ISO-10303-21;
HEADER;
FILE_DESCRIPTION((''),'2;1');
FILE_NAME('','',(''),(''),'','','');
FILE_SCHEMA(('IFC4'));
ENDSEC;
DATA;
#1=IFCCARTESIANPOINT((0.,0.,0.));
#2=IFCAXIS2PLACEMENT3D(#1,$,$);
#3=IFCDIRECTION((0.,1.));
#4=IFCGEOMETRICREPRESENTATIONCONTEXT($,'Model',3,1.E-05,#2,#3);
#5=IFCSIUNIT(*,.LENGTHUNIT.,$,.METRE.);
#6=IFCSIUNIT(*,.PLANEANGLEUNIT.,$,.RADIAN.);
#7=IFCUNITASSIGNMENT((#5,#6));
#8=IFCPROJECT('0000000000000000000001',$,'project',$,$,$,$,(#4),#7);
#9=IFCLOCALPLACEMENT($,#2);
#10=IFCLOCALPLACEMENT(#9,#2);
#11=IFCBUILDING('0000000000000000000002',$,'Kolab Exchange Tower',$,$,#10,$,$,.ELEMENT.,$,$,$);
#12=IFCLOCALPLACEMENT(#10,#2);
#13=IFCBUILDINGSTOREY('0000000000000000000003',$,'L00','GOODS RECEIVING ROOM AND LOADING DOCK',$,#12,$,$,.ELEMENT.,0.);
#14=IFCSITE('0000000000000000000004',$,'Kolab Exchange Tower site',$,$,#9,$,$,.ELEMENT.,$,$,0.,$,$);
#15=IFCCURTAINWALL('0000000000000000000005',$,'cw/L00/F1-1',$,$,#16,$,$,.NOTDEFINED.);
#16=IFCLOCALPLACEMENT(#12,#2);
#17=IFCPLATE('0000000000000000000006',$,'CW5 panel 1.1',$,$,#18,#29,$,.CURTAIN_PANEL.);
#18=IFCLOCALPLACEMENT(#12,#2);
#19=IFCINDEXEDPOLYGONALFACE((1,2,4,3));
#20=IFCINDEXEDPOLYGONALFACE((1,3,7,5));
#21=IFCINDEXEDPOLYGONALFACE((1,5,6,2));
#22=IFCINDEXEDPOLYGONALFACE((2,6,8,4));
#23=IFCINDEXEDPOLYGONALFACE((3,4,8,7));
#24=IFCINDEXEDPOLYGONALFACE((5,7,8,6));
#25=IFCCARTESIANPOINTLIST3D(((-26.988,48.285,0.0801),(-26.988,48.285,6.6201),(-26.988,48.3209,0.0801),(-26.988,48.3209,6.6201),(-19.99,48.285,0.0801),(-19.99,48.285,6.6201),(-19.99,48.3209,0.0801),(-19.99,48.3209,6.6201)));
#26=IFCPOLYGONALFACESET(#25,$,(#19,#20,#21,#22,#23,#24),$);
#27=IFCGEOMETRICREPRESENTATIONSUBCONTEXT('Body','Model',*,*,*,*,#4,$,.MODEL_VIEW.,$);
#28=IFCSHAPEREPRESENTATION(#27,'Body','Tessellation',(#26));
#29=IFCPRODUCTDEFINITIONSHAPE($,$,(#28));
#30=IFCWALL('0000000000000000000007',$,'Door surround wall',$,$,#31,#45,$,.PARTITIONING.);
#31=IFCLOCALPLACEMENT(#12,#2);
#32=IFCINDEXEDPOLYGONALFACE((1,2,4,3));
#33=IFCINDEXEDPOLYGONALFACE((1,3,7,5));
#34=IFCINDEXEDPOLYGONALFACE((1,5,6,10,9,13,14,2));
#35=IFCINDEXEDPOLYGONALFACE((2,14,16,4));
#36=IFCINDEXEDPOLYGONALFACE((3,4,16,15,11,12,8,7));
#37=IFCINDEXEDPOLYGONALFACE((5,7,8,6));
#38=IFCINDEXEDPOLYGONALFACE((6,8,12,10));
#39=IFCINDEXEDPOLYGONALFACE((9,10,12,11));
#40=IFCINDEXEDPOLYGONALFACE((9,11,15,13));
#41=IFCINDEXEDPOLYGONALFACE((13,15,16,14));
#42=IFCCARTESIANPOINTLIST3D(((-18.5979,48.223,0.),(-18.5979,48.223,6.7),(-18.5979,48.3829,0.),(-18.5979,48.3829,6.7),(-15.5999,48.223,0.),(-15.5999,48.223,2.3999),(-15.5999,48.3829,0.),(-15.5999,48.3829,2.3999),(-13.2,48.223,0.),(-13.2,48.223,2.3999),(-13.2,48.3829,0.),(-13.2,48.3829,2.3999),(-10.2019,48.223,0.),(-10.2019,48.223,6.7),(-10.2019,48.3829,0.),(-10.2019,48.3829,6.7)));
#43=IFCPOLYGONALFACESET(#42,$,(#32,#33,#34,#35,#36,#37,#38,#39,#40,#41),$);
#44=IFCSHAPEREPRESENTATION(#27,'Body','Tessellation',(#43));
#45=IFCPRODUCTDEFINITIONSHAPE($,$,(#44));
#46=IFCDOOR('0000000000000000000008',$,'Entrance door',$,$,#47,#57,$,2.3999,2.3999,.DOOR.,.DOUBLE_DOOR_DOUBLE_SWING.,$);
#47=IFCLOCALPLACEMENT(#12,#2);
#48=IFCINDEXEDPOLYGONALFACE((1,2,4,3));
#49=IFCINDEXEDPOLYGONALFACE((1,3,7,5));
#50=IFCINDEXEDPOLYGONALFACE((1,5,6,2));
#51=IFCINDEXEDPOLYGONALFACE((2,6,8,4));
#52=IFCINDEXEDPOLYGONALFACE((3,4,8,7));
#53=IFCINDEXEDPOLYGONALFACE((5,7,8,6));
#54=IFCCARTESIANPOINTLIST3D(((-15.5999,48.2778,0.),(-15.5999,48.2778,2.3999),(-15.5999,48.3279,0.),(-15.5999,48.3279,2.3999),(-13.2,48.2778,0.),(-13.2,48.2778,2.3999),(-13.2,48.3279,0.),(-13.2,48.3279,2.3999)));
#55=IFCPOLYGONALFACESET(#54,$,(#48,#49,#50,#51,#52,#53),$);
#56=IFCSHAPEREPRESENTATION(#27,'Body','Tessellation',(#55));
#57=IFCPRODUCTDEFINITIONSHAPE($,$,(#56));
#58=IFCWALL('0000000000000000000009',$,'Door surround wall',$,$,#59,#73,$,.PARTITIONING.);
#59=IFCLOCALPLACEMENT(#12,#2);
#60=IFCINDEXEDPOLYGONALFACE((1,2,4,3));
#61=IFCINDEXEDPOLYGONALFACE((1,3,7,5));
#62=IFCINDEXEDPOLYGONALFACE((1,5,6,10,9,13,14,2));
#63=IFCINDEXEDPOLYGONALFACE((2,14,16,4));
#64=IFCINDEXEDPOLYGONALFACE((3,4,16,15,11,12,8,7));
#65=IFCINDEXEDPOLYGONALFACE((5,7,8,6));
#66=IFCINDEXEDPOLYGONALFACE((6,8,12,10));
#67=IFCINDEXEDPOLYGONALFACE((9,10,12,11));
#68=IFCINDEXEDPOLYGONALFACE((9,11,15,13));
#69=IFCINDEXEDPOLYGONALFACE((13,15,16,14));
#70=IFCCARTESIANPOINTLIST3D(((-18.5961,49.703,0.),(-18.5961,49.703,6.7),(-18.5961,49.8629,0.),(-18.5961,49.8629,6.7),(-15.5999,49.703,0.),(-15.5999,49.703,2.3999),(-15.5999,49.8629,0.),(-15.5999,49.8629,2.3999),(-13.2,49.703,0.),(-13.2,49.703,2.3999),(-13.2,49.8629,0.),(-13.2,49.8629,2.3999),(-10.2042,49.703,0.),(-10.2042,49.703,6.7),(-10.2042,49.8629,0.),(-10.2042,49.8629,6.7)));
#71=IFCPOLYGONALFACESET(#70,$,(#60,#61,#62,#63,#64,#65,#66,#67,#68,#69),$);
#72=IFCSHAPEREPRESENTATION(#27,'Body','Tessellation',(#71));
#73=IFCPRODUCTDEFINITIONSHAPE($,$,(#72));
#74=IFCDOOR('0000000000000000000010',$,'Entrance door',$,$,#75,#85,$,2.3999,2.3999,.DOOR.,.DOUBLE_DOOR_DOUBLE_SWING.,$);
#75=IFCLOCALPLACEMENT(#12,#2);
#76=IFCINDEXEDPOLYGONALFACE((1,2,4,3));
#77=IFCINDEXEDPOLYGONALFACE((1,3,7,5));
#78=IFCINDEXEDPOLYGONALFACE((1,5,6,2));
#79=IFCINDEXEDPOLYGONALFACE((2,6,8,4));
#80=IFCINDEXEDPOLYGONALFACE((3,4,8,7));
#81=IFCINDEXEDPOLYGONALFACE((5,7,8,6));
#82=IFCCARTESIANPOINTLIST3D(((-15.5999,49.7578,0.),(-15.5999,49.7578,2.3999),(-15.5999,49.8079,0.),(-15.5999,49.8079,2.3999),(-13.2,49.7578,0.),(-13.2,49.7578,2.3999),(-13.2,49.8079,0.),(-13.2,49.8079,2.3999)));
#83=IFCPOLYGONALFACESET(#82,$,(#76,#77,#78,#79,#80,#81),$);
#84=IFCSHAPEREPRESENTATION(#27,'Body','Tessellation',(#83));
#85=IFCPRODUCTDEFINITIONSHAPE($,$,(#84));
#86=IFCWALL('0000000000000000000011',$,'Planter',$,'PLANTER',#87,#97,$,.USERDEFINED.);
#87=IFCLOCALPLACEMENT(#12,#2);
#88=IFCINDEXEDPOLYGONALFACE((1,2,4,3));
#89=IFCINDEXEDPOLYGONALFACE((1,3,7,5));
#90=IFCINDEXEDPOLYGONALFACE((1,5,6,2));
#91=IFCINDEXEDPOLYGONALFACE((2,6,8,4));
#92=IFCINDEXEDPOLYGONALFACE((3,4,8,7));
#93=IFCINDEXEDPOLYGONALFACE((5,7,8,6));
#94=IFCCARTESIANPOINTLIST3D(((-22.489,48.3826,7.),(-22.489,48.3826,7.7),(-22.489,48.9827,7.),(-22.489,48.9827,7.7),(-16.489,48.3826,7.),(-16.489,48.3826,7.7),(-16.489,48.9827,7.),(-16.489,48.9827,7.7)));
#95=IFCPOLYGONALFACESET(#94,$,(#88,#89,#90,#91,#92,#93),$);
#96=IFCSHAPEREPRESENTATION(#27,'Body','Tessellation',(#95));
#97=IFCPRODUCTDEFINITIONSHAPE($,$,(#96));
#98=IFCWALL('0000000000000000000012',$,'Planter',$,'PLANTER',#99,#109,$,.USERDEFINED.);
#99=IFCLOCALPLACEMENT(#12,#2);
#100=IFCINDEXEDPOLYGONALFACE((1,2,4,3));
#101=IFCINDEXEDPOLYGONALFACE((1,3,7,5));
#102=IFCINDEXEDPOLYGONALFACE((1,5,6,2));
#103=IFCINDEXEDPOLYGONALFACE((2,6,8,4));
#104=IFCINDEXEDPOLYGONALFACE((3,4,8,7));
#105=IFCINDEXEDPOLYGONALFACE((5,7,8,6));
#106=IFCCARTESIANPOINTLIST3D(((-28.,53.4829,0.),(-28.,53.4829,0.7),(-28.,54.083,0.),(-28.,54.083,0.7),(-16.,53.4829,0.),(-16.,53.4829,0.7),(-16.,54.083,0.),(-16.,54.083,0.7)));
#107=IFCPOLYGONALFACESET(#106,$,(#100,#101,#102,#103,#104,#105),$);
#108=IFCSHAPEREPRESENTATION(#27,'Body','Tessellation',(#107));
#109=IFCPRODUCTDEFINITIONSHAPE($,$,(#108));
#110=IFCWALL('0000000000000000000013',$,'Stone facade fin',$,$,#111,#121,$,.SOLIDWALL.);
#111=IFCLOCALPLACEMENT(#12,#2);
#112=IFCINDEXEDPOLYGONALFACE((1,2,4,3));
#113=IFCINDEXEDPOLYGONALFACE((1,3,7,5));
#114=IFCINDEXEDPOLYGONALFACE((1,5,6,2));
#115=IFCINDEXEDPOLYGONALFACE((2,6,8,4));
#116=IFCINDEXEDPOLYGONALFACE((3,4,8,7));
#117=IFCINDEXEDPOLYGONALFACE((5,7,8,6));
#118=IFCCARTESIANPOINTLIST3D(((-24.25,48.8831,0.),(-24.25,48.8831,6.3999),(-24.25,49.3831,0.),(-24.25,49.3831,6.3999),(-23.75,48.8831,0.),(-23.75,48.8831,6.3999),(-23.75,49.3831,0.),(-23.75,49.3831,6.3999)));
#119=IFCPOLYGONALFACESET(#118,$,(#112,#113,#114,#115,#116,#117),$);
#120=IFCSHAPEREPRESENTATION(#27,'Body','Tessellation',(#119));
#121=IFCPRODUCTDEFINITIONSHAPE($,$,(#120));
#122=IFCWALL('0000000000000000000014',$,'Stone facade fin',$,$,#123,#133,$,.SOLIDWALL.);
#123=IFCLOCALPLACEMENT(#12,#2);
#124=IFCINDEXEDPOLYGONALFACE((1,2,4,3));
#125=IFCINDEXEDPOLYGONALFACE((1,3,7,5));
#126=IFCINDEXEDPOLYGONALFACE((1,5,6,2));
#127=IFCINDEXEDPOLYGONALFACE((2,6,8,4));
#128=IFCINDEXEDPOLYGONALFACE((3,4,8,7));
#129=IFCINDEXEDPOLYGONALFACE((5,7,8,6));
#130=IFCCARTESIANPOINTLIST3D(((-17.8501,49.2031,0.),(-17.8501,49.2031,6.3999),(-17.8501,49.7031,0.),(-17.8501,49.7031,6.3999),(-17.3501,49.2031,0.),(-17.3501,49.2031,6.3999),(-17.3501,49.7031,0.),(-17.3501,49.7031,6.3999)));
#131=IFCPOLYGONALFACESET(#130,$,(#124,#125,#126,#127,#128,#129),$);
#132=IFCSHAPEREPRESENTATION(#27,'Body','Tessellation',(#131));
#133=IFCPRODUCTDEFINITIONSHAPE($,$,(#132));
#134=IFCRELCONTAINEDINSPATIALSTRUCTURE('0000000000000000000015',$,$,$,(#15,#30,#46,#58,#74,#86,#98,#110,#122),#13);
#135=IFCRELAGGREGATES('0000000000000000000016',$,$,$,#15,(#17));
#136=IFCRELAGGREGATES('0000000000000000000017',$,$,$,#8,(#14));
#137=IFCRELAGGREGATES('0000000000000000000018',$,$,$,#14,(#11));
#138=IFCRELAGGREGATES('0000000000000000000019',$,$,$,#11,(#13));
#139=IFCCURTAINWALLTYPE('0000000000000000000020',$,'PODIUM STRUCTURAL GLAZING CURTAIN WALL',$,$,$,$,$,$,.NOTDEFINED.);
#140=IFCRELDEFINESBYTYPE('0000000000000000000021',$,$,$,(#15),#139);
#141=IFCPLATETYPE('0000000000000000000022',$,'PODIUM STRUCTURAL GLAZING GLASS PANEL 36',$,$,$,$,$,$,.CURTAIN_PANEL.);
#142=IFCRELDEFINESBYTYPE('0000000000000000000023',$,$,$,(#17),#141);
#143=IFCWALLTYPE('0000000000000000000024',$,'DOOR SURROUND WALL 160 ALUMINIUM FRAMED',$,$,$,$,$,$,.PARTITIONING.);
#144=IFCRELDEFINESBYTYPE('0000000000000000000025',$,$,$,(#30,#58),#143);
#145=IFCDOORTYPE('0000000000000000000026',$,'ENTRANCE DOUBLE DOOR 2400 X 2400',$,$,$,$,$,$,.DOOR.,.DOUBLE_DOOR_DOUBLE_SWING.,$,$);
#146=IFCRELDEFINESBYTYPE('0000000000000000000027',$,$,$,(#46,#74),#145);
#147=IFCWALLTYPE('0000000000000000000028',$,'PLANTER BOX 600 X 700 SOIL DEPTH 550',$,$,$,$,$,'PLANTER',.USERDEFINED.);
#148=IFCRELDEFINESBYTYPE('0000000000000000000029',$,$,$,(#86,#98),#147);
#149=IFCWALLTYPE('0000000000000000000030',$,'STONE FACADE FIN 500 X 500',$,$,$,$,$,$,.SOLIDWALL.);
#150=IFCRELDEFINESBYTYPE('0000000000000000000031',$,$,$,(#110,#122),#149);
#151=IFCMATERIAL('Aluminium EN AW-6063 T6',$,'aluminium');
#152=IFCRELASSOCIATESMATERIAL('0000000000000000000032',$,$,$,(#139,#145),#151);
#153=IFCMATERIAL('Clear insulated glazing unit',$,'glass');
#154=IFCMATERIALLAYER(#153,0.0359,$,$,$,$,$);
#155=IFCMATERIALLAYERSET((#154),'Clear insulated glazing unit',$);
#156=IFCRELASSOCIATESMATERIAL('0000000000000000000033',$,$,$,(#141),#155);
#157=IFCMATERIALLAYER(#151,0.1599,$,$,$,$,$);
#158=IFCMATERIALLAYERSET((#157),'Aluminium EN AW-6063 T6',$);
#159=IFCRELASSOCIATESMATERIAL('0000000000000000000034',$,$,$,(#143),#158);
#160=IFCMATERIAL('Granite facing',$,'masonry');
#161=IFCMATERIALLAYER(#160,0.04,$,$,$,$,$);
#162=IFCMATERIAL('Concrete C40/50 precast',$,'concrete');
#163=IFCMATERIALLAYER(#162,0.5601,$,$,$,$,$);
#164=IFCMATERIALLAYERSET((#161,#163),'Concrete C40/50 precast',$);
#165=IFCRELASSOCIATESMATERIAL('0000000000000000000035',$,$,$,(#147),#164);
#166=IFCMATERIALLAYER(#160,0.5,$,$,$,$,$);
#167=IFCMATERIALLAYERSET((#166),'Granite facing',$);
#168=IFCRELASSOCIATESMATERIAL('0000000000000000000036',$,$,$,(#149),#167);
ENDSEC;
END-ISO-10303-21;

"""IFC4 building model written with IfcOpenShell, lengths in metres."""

from ifc_helpers import new_model, si_unit, direction, frame, frame_2d, origin, origin_2d, place, context, subcontext, project, spatial, rectangle, extrude, material, layer, layer_set, type_object, element, fill, aggregate, save


model = new_model("IFC4")

# Units and contexts
model_context = context("Model", 3, precision=1e-05, world=origin(), true_north=direction((0.0, 1.0)))
body_context = subcontext(model_context, "Body", "Model", "MODEL_VIEW")
ifc_project = project(units=[si_unit("LENGTHUNIT", "METRE"), si_unit("PLANEANGLEUNIT", "RADIAN")], contexts=[model_context])

# Site, building, storey
site_placement = place(None, origin())
site = spatial("IfcSite", under=ifc_project, at=site_placement, Name="Kolab Exchange Tower site", CompositionType="ELEMENT", RefElevation=0.0)
building_placement = place(site_placement, origin())
building = spatial("IfcBuilding", under=site, at=building_placement, Name="Kolab Exchange Tower", CompositionType="ELEMENT")
storey_placement = place(building_placement, origin())
storey = spatial("IfcBuildingStorey", under=building, at=storey_placement, Name="L00", Description="GOODS RECEIVING ROOM AND LOADING DOCK", CompositionType="ELEMENT", Elevation=0.0)

# Curtain wall
ifc_material_1 = material(Name="Aluminium EN AW-6063 T6", Category="aluminium")
curtain_wall_type = type_object("IfcCurtainWallType", Name="PODIUM STRUCTURAL GLAZING CURTAIN WALL", PredefinedType="NOTDEFINED", material=ifc_material_1)
curtain_wall_1_placement = place(storey_placement, origin())
curtain_wall_1 = element("IfcCurtainWall", 1, at=curtain_wall_1_placement, inside=storey, type_object=curtain_wall_type, Name="cw/L00/F1-1", PredefinedType="NOTDEFINED")

# Plate
ifc_material_2 = material(Name="Clear insulated glazing unit", Category="glass")
ifc_layer_1 = layer(ifc_material_2, 0.0359)
ifc_layer_set_1 = layer_set([ifc_layer_1], Name="Clear insulated glazing unit")
plate_type = type_object("IfcPlateType", Name="PODIUM STRUCTURAL GLAZING GLASS PANEL 36", PredefinedType="CURTAIN_PANEL", material=ifc_layer_set_1)
plate_placement = place(storey_placement, frame((-23.489, 48.303, 0.0801), z_axis=(0.0, 0.0, 1.0), x_axis=(1.0, 0.0, 0.0)))
plate = element("IfcPlate", 2, at=plate_placement, type_object=plate_type, Name="CW5 panel 1.1", PredefinedType="CURTAIN_PANEL", context=body_context, shape_type="SweptSolid", body=[
    extrude(rectangle(XDim=6.998, YDim=0.0359, at=origin_2d()), origin(), (0.0, 0.0, 1.0), 6.54),
])
aggregate(curtain_wall_1, [plate])

# Walls, openings, doors
ifc_layer_2 = layer(ifc_material_1, 0.1599)
ifc_layer_set_2 = layer_set([ifc_layer_2], Name="Aluminium EN AW-6063 T6")
wall_type_1 = type_object("IfcWallType", Name="DOOR SURROUND WALL 160 ALUMINIUM FRAMED", PredefinedType="PARTITIONING", material=ifc_layer_set_2)
wall_1_placement = place(storey_placement, frame((-18.5979, 48.303, 0.0), z_axis=(0.0, 0.0, 1.0), x_axis=(1.0, 0.0, 0.0)))
wall_1 = element("IfcWall", 3, at=wall_1_placement, inside=storey, type_object=wall_type_1, Name="Door surround wall", PredefinedType="PARTITIONING", context=body_context, shape_type="SweptSolid", body=[
    extrude(rectangle(XDim=8.396, YDim=0.1599, at=frame_2d((4.198, 0.0))), origin(), (0.0, 0.0, 1.0), 6.7),
])
opening_1_placement = place(wall_1_placement, frame((2.998, 0.0, 0.0)))
opening_1 = element("IfcOpeningElement", 4, at=opening_1_placement, cuts=wall_1, PredefinedType="OPENING", context=body_context, shape_type="SweptSolid", body=[
    extrude(rectangle(XDim=2.3999, YDim=2.3999, at=frame_2d((1.2, 1.2))), frame((0.0, 0.0898, 0.0), z_axis=(0.0, -1.0, 0.0), x_axis=(1.0, 0.0, 0.0)), (0.0, 0.0, 1.0), 0.1799),
])
door_type = type_object("IfcDoorType", Name="ENTRANCE DOUBLE DOOR 2400 X 2400", OperationType="DOUBLE_DOOR_DOUBLE_SWING", PredefinedType="DOOR", material=ifc_material_1)
door_1_placement = place(opening_1_placement, origin())
door_1 = element("IfcDoor", 5, at=door_1_placement, inside=storey, type_object=door_type, Name="Entrance door", OperationType="DOUBLE_DOOR_DOUBLE_SWING", OverallHeight=2.3999, OverallWidth=2.3999, PredefinedType="DOOR", context=body_context, shape_type="SweptSolid", body=[
    extrude(rectangle(XDim=2.3999, YDim=2.3999, at=frame_2d((1.2, 1.2))), frame((0.0, 0.0249, 0.0), z_axis=(0.0, -1.0, 0.0), x_axis=(1.0, 0.0, 0.0)), (0.0, 0.0, 1.0), 0.05),
])
fill(opening_1, door_1)
wall_2_placement = place(storey_placement, frame((-18.5959, 49.783, 0.0), z_axis=(0.0, 0.0, 1.0), x_axis=(1.0, 0.0, 0.0)))
wall_2 = element("IfcWall", 6, at=wall_2_placement, inside=storey, type_object=wall_type_1, Name="Door surround wall", PredefinedType="PARTITIONING", context=body_context, shape_type="SweptSolid", body=[
    extrude(rectangle(XDim=8.3918, YDim=0.1599, at=frame_2d((4.1958, 0.0))), origin(), (0.0, 0.0, 1.0), 6.7),
])
opening_2_placement = place(wall_2_placement, frame((2.9961, 0.0, 0.0)))
opening_2 = element("IfcOpeningElement", 7, at=opening_2_placement, cuts=wall_2, PredefinedType="OPENING", context=body_context, shape_type="SweptSolid", body=[
    extrude(rectangle(XDim=2.3999, YDim=2.3999, at=frame_2d((1.2, 1.2))), frame((0.0, 0.0898, 0.0), z_axis=(0.0, -1.0, 0.0), x_axis=(1.0, 0.0, 0.0)), (0.0, 0.0, 1.0), 0.1799),
])
door_2_placement = place(opening_2_placement, origin())
door_2 = element("IfcDoor", 8, at=door_2_placement, inside=storey, type_object=door_type, Name="Entrance door", OperationType="DOUBLE_DOOR_DOUBLE_SWING", OverallHeight=2.3999, OverallWidth=2.3999, PredefinedType="DOOR", context=body_context, shape_type="SweptSolid", body=[
    extrude(rectangle(XDim=2.3999, YDim=2.3999, at=frame_2d((1.2, 1.2))), frame((0.0, 0.0249, 0.0), z_axis=(0.0, -1.0, 0.0), x_axis=(1.0, 0.0, 0.0)), (0.0, 0.0, 1.0), 0.05),
])
fill(opening_2, door_2)

# Walls
ifc_material_3 = material(Name="Granite facing", Category="masonry")
ifc_layer_3 = layer(ifc_material_3, 0.04)
ifc_material_4 = material(Name="Concrete C40/50 precast", Category="concrete")
ifc_layer_4 = layer(ifc_material_4, 0.5601)
ifc_layer_set_3 = layer_set([ifc_layer_3, ifc_layer_4], Name="Concrete C40/50 precast")
wall_type_2 = type_object("IfcWallType", Name="PLANTER BOX 600 X 700 SOIL DEPTH 550", ElementType="PLANTER", PredefinedType="USERDEFINED", material=ifc_layer_set_3)
wall_3_placement = place(storey_placement, frame((-22.489, 48.6826, 7.0), z_axis=(0.0, 0.0, 1.0), x_axis=(1.0, 0.0, 0.0)))
element("IfcWall", 9, at=wall_3_placement, inside=storey, type_object=wall_type_2, Name="Planter", ObjectType="PLANTER", PredefinedType="USERDEFINED", context=body_context, shape_type="SweptSolid", body=[
    extrude(rectangle(XDim=6.0, YDim=0.6001, at=frame_2d((3.0, 0.0))), origin(), (0.0, 0.0, 1.0), 0.7),
])
wall_4_placement = place(storey_placement, frame((-28.0, 53.783, 0.0), z_axis=(0.0, 0.0, 1.0), x_axis=(1.0, 0.0, 0.0)))
element("IfcWall", 10, at=wall_4_placement, inside=storey, type_object=wall_type_2, Name="Planter", ObjectType="PLANTER", PredefinedType="USERDEFINED", context=body_context, shape_type="SweptSolid", body=[
    extrude(rectangle(XDim=12.0, YDim=0.6001, at=frame_2d((6.0, 0.0))), origin(), (0.0, 0.0, 1.0), 0.7),
])
ifc_layer_5 = layer(ifc_material_3, 0.5)
ifc_layer_set_4 = layer_set([ifc_layer_5], Name="Granite facing")
wall_type_3 = type_object("IfcWallType", Name="STONE FACADE FIN 500 X 500", PredefinedType="SOLIDWALL", material=ifc_layer_set_4)
for number, where, z_axis, x_axis, name in (
    (11, (-24.25, 49.1331, 0.0), (0.0, 0.0, 1.0), (1.0, 0.0, 0.0), "Stone facade fin"),
    (12, (-17.8501, 49.4531, 0.0), (0.0, 0.0, 1.0), (1.0, 0.0, 0.0), "Stone facade fin"),
):
    element("IfcWall", number, at=place(storey_placement, frame(where, z_axis=z_axis, x_axis=x_axis)), inside=storey, type_object=wall_type_3, Name=name, PredefinedType="SOLIDWALL", context=body_context, shape_type="SweptSolid", body=[
        extrude(rectangle(XDim=0.5, YDim=0.5, at=frame_2d((0.25, 0.0))), origin(), (0.0, 0.0, 1.0), 6.3999),
    ])

save(model, "model.ifc")
